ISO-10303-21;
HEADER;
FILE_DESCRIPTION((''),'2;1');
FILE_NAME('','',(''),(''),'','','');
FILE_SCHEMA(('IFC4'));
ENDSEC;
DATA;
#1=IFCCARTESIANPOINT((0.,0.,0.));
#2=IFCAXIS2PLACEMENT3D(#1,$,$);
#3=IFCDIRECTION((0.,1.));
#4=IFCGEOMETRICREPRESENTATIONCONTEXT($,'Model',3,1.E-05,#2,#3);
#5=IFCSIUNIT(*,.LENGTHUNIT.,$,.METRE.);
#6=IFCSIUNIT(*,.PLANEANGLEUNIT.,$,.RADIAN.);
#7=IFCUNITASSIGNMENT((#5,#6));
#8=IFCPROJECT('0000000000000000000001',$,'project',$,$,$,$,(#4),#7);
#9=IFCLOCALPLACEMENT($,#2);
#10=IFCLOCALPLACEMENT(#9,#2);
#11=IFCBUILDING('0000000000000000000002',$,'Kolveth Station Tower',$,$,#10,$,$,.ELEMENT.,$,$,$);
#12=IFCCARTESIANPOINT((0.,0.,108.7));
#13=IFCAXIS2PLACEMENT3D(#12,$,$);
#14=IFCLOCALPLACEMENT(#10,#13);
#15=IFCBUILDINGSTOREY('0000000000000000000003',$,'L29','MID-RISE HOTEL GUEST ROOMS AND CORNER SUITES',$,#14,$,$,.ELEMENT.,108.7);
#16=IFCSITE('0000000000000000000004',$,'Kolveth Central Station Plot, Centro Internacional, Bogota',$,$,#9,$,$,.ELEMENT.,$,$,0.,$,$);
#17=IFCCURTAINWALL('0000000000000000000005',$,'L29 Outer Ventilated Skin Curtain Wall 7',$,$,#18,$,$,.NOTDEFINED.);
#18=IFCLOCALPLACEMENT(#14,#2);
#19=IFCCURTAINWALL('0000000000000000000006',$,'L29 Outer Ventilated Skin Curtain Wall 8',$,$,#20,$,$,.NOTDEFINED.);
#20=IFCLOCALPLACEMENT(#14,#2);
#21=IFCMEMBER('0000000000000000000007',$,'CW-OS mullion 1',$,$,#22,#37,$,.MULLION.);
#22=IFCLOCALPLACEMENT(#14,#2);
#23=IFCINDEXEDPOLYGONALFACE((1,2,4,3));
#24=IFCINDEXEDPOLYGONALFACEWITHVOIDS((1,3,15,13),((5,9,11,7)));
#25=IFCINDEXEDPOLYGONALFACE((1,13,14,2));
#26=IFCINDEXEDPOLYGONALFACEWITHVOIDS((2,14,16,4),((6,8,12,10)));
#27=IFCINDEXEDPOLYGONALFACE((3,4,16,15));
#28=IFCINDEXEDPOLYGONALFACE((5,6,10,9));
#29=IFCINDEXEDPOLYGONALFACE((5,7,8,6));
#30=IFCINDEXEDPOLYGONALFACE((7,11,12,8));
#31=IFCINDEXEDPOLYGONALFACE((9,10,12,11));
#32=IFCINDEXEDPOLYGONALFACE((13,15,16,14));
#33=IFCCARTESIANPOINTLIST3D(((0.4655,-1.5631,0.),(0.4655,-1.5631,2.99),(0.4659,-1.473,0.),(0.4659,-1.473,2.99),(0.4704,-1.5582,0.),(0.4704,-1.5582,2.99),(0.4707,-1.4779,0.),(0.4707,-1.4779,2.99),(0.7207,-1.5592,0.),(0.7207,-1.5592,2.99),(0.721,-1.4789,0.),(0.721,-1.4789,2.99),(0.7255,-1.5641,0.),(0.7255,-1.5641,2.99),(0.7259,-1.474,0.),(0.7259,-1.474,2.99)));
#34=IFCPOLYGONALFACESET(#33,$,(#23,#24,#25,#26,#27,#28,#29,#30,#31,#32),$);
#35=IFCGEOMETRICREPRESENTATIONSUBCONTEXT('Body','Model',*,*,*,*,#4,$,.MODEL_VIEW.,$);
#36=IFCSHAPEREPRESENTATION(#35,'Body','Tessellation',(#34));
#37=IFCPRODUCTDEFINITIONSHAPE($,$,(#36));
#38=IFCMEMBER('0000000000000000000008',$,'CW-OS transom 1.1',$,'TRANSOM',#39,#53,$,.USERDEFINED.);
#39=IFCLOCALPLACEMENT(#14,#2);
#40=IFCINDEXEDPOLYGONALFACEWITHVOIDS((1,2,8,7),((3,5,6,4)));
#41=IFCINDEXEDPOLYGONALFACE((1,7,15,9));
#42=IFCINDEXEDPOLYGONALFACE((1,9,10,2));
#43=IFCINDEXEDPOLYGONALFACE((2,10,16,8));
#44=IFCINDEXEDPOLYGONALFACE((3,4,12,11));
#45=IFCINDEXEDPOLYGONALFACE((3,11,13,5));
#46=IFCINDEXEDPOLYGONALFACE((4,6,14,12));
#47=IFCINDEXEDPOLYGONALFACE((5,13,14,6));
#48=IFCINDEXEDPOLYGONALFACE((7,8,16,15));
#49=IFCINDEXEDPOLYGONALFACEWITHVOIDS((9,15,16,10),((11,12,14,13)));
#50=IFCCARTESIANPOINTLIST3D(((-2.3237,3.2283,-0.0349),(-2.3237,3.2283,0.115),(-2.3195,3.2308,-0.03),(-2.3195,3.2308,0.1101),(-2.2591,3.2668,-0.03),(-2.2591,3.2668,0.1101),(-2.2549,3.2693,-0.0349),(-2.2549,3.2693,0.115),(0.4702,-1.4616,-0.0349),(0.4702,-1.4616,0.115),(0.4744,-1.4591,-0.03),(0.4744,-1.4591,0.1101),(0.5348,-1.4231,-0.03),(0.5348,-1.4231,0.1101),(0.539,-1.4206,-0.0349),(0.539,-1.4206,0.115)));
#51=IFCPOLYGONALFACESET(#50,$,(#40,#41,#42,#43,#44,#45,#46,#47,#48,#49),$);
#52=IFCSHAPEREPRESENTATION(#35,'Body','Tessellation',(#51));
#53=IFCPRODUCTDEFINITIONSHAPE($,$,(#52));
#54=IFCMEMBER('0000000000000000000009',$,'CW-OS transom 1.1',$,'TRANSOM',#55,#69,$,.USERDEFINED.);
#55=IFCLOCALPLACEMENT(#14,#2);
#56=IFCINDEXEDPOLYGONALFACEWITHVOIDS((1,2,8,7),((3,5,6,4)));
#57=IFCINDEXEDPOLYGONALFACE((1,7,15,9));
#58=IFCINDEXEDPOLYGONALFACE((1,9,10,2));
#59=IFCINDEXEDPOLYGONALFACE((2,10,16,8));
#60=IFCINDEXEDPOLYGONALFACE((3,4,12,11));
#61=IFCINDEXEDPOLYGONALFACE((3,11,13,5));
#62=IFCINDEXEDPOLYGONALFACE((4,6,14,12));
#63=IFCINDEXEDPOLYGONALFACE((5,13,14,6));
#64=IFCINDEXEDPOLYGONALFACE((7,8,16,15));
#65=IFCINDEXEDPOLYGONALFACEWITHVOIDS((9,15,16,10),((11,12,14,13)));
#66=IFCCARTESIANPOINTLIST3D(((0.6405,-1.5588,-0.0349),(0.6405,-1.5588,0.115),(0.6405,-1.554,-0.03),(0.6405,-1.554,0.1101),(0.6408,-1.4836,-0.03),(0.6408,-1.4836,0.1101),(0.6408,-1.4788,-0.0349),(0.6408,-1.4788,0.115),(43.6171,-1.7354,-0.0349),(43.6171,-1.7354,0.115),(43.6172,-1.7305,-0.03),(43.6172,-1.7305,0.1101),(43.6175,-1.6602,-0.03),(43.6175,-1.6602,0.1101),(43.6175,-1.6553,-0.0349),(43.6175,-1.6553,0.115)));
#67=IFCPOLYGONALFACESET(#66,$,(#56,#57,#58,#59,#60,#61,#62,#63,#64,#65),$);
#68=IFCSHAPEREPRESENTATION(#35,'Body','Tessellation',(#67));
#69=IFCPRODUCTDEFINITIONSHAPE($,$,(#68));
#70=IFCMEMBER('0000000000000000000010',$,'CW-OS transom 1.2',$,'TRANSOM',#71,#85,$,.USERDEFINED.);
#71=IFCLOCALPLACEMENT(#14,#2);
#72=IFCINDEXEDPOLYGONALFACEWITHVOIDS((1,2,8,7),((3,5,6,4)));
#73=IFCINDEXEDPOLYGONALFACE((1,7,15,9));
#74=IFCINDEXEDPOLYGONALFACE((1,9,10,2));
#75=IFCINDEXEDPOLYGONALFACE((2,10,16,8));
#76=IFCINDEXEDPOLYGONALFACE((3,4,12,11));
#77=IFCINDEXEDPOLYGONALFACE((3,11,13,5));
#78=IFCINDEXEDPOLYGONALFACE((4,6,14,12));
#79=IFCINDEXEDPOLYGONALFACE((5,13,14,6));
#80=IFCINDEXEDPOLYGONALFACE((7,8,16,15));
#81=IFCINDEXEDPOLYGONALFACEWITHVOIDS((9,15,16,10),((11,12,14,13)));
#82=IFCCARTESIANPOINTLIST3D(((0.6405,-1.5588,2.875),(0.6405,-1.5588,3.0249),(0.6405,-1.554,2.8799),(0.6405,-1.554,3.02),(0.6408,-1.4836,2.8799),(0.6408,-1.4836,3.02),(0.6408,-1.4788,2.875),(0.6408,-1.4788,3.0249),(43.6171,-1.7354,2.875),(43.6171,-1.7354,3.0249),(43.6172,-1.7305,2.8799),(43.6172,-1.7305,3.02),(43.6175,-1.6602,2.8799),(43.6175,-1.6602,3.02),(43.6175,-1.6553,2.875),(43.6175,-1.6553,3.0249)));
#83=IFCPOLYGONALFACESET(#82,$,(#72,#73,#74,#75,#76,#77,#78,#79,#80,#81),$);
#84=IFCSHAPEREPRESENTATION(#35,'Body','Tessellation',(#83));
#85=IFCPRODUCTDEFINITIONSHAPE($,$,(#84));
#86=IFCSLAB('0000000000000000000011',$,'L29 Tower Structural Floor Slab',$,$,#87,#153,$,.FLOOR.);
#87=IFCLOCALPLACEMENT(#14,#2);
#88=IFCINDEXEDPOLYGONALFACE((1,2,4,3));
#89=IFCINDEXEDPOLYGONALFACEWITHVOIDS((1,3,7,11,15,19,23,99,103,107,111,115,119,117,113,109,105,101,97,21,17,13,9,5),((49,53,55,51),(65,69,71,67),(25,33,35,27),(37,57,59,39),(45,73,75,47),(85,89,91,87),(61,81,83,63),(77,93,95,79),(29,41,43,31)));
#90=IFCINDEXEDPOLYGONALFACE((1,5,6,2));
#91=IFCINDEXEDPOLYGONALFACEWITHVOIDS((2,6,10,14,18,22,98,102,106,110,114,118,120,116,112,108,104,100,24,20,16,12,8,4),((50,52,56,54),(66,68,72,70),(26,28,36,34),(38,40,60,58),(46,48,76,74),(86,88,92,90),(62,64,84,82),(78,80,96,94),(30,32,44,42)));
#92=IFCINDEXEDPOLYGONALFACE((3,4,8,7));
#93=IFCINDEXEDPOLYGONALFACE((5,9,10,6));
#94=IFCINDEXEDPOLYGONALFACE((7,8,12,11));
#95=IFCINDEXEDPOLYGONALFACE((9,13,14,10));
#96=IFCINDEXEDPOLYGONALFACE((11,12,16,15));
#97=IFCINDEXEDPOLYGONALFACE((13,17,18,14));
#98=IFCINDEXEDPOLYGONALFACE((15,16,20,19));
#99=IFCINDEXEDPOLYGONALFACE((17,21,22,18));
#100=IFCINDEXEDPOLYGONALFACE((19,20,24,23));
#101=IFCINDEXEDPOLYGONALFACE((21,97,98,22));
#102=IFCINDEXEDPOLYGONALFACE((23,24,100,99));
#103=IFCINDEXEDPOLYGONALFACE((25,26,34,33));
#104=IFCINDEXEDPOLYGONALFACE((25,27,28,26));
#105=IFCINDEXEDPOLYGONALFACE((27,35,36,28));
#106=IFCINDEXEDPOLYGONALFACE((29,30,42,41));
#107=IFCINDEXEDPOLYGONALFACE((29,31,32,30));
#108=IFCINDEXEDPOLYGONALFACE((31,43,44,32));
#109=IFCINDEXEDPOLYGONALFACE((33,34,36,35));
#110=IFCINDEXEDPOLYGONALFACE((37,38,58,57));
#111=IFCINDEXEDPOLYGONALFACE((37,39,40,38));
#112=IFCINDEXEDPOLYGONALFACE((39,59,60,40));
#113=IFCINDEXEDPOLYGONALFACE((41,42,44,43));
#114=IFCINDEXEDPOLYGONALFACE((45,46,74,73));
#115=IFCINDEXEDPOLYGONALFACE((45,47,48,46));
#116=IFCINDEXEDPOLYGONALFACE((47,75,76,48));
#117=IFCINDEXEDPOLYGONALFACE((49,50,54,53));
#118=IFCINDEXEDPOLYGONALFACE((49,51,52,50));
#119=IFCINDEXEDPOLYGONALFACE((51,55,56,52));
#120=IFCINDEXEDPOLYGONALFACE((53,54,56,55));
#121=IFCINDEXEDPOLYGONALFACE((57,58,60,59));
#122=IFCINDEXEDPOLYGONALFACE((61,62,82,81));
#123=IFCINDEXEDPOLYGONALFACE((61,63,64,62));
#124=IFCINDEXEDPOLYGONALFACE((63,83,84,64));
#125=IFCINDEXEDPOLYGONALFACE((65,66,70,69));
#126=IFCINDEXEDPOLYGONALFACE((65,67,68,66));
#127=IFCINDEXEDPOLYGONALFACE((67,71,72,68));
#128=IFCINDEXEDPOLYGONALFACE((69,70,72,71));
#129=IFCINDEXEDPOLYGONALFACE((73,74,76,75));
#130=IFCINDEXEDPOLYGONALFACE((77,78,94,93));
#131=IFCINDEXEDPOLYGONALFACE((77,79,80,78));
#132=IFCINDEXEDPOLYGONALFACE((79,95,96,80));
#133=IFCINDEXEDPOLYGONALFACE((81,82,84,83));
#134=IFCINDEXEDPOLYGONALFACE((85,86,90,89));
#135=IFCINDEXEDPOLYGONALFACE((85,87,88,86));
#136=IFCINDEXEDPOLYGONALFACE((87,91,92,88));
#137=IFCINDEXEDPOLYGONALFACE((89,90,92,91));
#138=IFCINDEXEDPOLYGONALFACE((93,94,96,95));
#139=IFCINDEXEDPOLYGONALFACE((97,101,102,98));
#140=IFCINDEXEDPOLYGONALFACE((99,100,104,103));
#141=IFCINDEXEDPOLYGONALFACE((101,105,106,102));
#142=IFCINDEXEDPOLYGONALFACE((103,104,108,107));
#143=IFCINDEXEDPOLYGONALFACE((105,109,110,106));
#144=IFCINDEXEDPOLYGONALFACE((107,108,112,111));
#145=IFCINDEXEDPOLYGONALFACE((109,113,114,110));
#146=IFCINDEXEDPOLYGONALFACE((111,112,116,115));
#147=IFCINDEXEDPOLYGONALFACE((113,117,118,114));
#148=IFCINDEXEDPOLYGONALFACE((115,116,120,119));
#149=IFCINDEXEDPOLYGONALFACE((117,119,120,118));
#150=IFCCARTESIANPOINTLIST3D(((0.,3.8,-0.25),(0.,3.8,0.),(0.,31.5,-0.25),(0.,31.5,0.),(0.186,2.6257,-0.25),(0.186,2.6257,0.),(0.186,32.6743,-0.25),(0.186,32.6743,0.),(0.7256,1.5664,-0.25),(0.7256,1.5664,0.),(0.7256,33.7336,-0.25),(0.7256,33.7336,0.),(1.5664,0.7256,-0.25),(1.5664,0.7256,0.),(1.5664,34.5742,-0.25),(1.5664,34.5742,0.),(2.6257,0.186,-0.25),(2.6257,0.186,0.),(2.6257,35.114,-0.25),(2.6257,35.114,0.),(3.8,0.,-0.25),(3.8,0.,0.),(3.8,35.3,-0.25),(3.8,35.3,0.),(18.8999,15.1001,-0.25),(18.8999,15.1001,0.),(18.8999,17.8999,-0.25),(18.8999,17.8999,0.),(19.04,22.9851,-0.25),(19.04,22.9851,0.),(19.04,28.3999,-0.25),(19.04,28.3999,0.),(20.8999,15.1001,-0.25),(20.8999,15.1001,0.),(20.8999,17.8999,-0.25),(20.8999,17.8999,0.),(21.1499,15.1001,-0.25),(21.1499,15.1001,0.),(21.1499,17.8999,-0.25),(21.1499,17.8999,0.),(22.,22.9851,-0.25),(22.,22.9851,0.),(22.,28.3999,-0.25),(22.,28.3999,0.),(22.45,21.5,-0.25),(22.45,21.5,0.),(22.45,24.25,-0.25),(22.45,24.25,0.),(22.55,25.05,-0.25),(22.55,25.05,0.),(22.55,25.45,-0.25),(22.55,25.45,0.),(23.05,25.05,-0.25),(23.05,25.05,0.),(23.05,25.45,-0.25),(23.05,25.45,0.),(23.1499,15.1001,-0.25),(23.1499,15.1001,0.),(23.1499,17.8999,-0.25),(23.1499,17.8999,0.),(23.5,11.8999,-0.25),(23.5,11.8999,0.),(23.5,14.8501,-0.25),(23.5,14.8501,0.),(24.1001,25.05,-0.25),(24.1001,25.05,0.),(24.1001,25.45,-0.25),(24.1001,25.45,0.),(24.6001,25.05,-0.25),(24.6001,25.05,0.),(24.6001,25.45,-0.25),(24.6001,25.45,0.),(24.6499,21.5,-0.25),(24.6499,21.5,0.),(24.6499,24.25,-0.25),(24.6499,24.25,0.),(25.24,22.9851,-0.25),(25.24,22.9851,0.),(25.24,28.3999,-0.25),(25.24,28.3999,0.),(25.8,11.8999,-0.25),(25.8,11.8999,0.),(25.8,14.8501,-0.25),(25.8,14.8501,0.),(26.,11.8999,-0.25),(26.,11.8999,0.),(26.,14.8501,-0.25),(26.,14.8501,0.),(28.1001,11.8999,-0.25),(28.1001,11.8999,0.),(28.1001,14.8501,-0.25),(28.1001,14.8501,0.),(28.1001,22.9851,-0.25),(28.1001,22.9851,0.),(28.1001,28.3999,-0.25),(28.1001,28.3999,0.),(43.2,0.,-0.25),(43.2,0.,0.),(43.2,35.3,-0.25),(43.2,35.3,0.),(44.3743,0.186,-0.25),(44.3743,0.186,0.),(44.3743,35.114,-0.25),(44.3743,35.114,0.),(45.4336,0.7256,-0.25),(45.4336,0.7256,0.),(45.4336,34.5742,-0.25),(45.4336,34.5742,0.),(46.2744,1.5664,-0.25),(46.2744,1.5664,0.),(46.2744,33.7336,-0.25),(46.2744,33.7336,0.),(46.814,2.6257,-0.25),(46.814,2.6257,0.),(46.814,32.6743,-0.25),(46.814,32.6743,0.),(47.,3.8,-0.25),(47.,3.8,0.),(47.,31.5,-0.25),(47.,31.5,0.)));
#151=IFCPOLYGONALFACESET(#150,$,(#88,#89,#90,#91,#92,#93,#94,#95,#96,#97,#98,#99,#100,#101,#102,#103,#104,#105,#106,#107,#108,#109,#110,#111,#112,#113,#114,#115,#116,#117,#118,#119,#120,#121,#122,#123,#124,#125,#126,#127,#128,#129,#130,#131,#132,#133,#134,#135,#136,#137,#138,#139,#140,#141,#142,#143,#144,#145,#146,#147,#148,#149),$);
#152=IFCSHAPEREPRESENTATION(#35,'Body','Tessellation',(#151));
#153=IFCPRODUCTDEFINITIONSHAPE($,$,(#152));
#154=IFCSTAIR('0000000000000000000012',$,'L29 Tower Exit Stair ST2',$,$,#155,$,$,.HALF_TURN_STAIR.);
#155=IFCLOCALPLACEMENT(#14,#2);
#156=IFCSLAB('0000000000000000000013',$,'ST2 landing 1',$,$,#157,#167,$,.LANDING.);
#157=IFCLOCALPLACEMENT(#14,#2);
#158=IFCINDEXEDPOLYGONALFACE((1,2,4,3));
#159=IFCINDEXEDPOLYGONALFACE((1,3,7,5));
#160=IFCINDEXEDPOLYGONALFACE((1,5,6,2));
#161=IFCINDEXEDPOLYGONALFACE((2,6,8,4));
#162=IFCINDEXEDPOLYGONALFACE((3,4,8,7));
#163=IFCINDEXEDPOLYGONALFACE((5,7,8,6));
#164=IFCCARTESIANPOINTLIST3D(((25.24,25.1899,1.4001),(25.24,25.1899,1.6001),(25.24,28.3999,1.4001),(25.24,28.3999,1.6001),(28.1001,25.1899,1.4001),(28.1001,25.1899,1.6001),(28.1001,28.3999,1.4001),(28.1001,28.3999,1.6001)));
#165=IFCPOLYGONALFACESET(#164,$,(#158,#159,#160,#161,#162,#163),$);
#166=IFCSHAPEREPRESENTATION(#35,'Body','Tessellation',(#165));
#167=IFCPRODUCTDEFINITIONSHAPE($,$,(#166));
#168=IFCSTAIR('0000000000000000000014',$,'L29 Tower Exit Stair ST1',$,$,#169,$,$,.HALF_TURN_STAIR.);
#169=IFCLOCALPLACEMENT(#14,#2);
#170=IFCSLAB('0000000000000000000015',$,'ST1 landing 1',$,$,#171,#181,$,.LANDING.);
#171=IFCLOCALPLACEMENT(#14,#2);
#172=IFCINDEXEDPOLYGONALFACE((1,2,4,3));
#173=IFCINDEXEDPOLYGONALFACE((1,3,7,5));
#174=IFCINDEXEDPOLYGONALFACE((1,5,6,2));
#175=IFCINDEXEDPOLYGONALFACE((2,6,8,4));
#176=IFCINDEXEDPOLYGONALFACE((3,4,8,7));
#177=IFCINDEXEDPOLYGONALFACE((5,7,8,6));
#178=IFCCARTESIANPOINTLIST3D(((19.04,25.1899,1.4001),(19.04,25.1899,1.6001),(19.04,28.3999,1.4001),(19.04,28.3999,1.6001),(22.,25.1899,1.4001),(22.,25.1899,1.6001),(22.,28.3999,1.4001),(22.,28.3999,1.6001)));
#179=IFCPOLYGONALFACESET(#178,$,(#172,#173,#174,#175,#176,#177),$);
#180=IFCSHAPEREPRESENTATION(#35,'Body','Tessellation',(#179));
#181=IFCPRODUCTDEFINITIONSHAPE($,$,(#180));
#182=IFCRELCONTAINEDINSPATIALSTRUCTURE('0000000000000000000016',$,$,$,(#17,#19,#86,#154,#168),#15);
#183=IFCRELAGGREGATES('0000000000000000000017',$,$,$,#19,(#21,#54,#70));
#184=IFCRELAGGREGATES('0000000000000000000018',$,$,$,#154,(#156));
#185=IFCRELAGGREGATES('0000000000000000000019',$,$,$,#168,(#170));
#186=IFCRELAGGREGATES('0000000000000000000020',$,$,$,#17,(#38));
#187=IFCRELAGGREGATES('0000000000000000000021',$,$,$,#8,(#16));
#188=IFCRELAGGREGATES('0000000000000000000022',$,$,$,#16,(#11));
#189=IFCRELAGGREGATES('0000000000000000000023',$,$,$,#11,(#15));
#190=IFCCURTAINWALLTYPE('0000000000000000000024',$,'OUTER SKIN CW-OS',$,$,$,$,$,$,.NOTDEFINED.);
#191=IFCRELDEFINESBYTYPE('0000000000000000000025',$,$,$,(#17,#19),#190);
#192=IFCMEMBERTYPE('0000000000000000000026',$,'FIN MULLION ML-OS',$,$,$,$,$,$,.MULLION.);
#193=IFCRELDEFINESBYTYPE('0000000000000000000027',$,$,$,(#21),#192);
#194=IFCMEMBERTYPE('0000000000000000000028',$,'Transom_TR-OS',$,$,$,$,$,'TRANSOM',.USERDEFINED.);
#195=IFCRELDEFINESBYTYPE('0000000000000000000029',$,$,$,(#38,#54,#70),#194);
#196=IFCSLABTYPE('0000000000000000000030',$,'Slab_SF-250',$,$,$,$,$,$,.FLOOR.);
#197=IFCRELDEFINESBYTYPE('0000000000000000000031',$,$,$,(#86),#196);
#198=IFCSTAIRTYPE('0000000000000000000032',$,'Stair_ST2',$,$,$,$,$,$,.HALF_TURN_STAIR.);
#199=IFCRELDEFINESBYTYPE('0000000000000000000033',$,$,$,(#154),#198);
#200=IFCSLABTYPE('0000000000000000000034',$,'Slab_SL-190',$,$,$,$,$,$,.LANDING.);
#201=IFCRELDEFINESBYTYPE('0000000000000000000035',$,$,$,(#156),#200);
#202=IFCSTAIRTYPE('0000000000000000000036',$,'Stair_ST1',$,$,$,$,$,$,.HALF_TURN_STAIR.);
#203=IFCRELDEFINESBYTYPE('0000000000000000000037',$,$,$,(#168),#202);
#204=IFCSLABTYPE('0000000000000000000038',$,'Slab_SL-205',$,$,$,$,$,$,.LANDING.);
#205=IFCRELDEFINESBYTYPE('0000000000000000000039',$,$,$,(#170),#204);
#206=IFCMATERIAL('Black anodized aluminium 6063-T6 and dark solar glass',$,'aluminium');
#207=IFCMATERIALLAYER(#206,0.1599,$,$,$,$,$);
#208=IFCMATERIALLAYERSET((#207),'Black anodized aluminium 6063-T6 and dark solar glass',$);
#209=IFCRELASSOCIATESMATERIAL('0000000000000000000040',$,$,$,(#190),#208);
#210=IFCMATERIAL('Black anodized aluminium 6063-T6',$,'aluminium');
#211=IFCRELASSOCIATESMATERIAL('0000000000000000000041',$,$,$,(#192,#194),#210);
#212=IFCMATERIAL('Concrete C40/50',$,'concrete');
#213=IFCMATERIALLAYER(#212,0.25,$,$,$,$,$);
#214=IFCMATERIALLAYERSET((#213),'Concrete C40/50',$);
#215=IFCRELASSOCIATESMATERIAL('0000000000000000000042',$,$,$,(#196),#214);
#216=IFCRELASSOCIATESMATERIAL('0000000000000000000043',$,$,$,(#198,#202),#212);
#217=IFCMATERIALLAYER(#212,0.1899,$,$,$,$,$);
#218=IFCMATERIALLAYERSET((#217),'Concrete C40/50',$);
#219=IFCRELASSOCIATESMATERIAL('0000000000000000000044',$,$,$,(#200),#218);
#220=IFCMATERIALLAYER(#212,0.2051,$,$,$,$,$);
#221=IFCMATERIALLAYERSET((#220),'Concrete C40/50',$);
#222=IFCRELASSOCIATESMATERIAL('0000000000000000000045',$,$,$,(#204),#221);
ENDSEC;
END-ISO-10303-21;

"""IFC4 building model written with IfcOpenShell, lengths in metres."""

from ifc_helpers import new_model, si_unit, direction, frame, origin, origin_2d, place, context, subcontext, project, spatial, polyline, hollow_rectangle, outline, extrude, source, transform, mapped, material, layer, layer_set, material_profile, profile_set, type_object, element, aggregate, save


model = new_model("IFC4")

# Units and contexts
model_context = context("Model", 3, precision=1e-05, world=origin(), true_north=direction((0.0, 1.0)))
body_context = subcontext(model_context, "Body", "Model", "MODEL_VIEW")
ifc_project = project(units=[si_unit("LENGTHUNIT", "METRE"), si_unit("PLANEANGLEUNIT", "RADIAN")], contexts=[model_context])

# Site, building, storey
site_placement = place(None, origin())
site = spatial("IfcSite", under=ifc_project, at=site_placement, Name="Kolveth Central Station Plot, Centro Internacional, Bogota", CompositionType="ELEMENT", RefElevation=0.0)
building_placement = place(site_placement, origin())
building = spatial("IfcBuilding", under=site, at=building_placement, Name="Kolveth Station Tower", CompositionType="ELEMENT")
storey_placement = place(building_placement, frame((0.0, 0.0, 108.7)))
storey = spatial("IfcBuildingStorey", under=building, at=storey_placement, Name="L29", Description="MID-RISE HOTEL GUEST ROOMS AND CORNER SUITES", CompositionType="ELEMENT", Elevation=108.7)

# Shared definitions
ifc_material_1 = material(Name="Black anodized aluminium 6063-T6", Category="aluminium")

# Curtain walls, member
ifc_material_2 = material(Name="Black anodized aluminium 6063-T6 and dark solar glass", Category="aluminium")
ifc_layer_1 = layer(ifc_material_2, 0.1599)
ifc_layer_set_1 = layer_set([ifc_layer_1], Name="Black anodized aluminium 6063-T6 and dark solar glass")
curtain_wall_type_1 = type_object("IfcCurtainWallType", Name="OUTER SKIN CW-OS", PredefinedType="NOTDEFINED", material=ifc_layer_set_1)
curtain_wall_1_placement = place(storey_placement, origin())
curtain_wall_1 = element("IfcCurtainWall", 1, at=curtain_wall_1_placement, inside=storey, type_object=curtain_wall_type_1, Name="L29 Outer Ventilated Skin Curtain Wall 7", PredefinedType="NOTDEFINED")
ifc_material_profile_1 = material_profile(ifc_material_1, hollow_rectangle(XDim=0.0901, YDim=0.26, WallThickness=0.0049, at=origin_2d()), Name="ALU-90x260x5")
ifc_profile_set_1 = profile_set([ifc_material_profile_1], Name="Black anodized aluminium 6063-T6")
member_type_1 = type_object("IfcMemberType", Name="FIN MULLION ML-OS", PredefinedType="MULLION", material=ifc_profile_set_1)
shared_shape_1 = source(origin(), body_context, "Body", "SweptSolid", [
    extrude(hollow_rectangle(XDim=0.0901, YDim=0.26, WallThickness=0.0049, at=origin_2d()), origin(), (0.0, 0.0, 1.0), 2.99),
])
curtain_wall_2_placement = place(storey_placement, origin())
curtain_wall_2 = element("IfcCurtainWall", 2, at=curtain_wall_2_placement, inside=storey, type_object=curtain_wall_type_1, Name="L29 Outer Ventilated Skin Curtain Wall 8", PredefinedType="NOTDEFINED")
member_1_placement = place(storey_placement, frame((0.5957, -1.5186, 0.0), z_axis=(0.0, 0.0, 1.0), x_axis=(0.004106, 0.999992, 0.0)))
member_1 = element("IfcMember", 3, at=member_1_placement, type_object=member_type_1, Name="CW-OS mullion 1", PredefinedType="MULLION", context=body_context, shape_type="MappedRepresentation", body=[
    mapped(shared_shape_1, transform((0.0, 0.0, 0.0), x_axis=(1.0, 0.0, 0.0), y_axis=(0.0, 1.0, 0.0), z_axis=(0.0, 0.0, 1.0), scale=1.0)),
])

# Members
ifc_material_profile_2 = material_profile(ifc_material_1, hollow_rectangle(XDim=0.0801, YDim=0.1499, WallThickness=0.0049, at=origin_2d()), Name="ALU-80x150x5")
ifc_profile_set_2 = profile_set([ifc_material_profile_2], Name="Black anodized aluminium 6063-T6")
member_type_2 = type_object("IfcMemberType", Name="Transom_TR-OS", ElementType="TRANSOM", PredefinedType="USERDEFINED", material=ifc_profile_set_2)
shared_shape_2 = source(origin(), body_context, "Body", "SweptSolid", [
    extrude(hollow_rectangle(XDim=0.0801, YDim=0.1499, WallThickness=0.0049, at=origin_2d()), origin(), (0.0, 0.0, 1.0), 5.459),
])
member_2_placement = place(storey_placement, frame((-2.2893, 3.2488, 0.04), z_axis=(0.511797, -0.859107, 0.0), x_axis=(0.859107, 0.511797, 0.0)))
member_2 = element("IfcMember", 4, at=member_2_placement, type_object=member_type_2, Name="CW-OS transom 1.1", ObjectType="TRANSOM", PredefinedType="USERDEFINED", context=body_context, shape_type="MappedRepresentation", body=[
    mapped(shared_shape_2, transform((0.0, 0.0, 0.0), x_axis=(1.0, 0.0, 0.0), y_axis=(0.0, 1.0, 0.0), z_axis=(0.0, 0.0, 1.0), scale=1.0)),
])
shared_shape_3 = source(origin(), body_context, "Body", "SweptSolid", [
    extrude(hollow_rectangle(XDim=0.0801, YDim=0.1499, WallThickness=0.0049, at=origin_2d()), origin(), (0.0, 0.0, 1.0), 42.9771),
])
member_3_placement = place(storey_placement, frame((0.6406, -1.5188, 0.04), z_axis=(0.999992, -0.004107, 0.0), x_axis=(0.004107, 0.999992, 0.0)))
member_3 = element("IfcMember", 5, at=member_3_placement, type_object=member_type_2, Name="CW-OS transom 1.1", ObjectType="TRANSOM", PredefinedType="USERDEFINED", context=body_context, shape_type="MappedRepresentation", body=[
    mapped(shared_shape_3, transform((0.0, 0.0, 0.0), x_axis=(1.0, 0.0, 0.0), y_axis=(0.0, 1.0, 0.0), z_axis=(0.0, 0.0, 1.0), scale=1.0)),
])
member_4_placement = place(storey_placement, frame((0.6406, -1.5188, 2.95), z_axis=(0.999992, -0.004107, 0.0), x_axis=(0.004107, 0.999992, 0.0)))
member_4 = element("IfcMember", 6, at=member_4_placement, type_object=member_type_2, Name="CW-OS transom 1.2", ObjectType="TRANSOM", PredefinedType="USERDEFINED", context=body_context, shape_type="MappedRepresentation", body=[
    mapped(shared_shape_3, transform((0.0, 0.0, 0.0), x_axis=(1.0, 0.0, 0.0), y_axis=(0.0, 1.0, 0.0), z_axis=(0.0, 0.0, 1.0), scale=1.0)),
])
aggregate(curtain_wall_2, [member_1, member_3, member_4])

# Slab
ifc_material_3 = material(Name="Concrete C40/50", Category="concrete")
ifc_layer_2 = layer(ifc_material_3, 0.25)
ifc_layer_set_2 = layer_set([ifc_layer_2], Name="Concrete C40/50")
slab_type_1 = type_object("IfcSlabType", Name="Slab_SF-250", PredefinedType="FLOOR", material=ifc_layer_set_2)
slab_1_placement = place(storey_placement, frame((0.0, 0.0, -0.25)))
element("IfcSlab", 7, at=slab_1_placement, inside=storey, type_object=slab_type_1, Name="L29 Tower Structural Floor Slab", PredefinedType="FLOOR", context=body_context, shape_type="SweptSolid", body=[
    extrude(outline(polyline([(43.2, 0.0), (44.3743, 0.186), (45.4336, 0.7256), (46.2744, 1.5664), (46.814, 2.6257), (47.0, 3.8), (47.0, 31.5), (46.814, 32.6743), (46.2744, 33.7336), (45.4336, 34.5742), (44.3743, 35.114), (43.2, 35.3), (3.8, 35.3), (2.6257, 35.114), (1.5664, 34.5742), (0.7256, 33.7336), (0.186, 32.6743), (0.0, 31.5), (0.0, 3.8), (0.186, 2.6257), (0.7256, 1.5664), (1.5664, 0.7256), (2.6257, 0.186), (3.8, 0.0), (43.2, 0.0)]), holes=[polyline([(19.04, 22.9851), (22.0, 22.9851), (22.0, 28.3999), (19.04, 28.3999), (19.04, 22.9851)]), polyline([(25.24, 22.9851), (28.1001, 22.9851), (28.1001, 28.3999), (25.24, 28.3999), (25.24, 22.9851)]), polyline([(18.8999, 15.1001), (20.8999, 15.1001), (20.8999, 17.8999), (18.8999, 17.8999), (18.8999, 15.1001)]), polyline([(21.1499, 15.1001), (23.1499, 15.1001), (23.1499, 17.8999), (21.1499, 17.8999), (21.1499, 15.1001)]), polyline([(22.45, 21.5), (24.6499, 21.5), (24.6499, 24.25), (22.45, 24.25), (22.45, 21.5)]), polyline([(23.5, 11.8999), (25.8, 11.8999), (25.8, 14.8501), (23.5, 14.8501), (23.5, 11.8999)]), polyline([(26.0, 11.8999), (28.1001, 11.8999), (28.1001, 14.8501), (26.0, 14.8501), (26.0, 11.8999)]), polyline([(22.55, 25.05), (23.05, 25.05), (23.05, 25.45), (22.55, 25.45), (22.55, 25.05)]), polyline([(24.1001, 25.05), (24.6001, 25.05), (24.6001, 25.45), (24.1001, 25.45), (24.1001, 25.05)])]), origin(), (0.0, 0.0, 1.0), 0.25),
])

# Stairs, slabs
stair_type_1 = type_object("IfcStairType", Name="Stair_ST2", PredefinedType="HALF_TURN_STAIR", material=ifc_material_3)
stair_1_placement = place(storey_placement, origin())
stair_1 = element("IfcStair", 8, at=stair_1_placement, inside=storey, type_object=stair_type_1, Name="L29 Tower Exit Stair ST2", PredefinedType="HALF_TURN_STAIR")
ifc_layer_3 = layer(ifc_material_3, 0.1899)
ifc_layer_set_3 = layer_set([ifc_layer_3], Name="Concrete C40/50")
slab_type_2 = type_object("IfcSlabType", Name="Slab_SL-190", PredefinedType="LANDING", material=ifc_layer_set_3)
slab_2_placement = place(storey_placement, frame((0.0, 0.0, 1.4001)))
slab_2 = element("IfcSlab", 9, at=slab_2_placement, type_object=slab_type_2, Name="ST2 landing 1", PredefinedType="LANDING", context=body_context, shape_type="SweptSolid", body=[
    extrude(outline(polyline([(28.1001, 25.1899), (28.1001, 28.3999), (25.24, 28.3999), (25.24, 25.1899), (28.1001, 25.1899)])), origin(), (0.0, 0.0, 1.0), 0.2),
])
aggregate(stair_1, [slab_2])
stair_type_2 = type_object("IfcStairType", Name="Stair_ST1", PredefinedType="HALF_TURN_STAIR", material=ifc_material_3)
stair_2_placement = place(storey_placement, origin())
stair_2 = element("IfcStair", 10, at=stair_2_placement, inside=storey, type_object=stair_type_2, Name="L29 Tower Exit Stair ST1", PredefinedType="HALF_TURN_STAIR")
ifc_layer_4 = layer(ifc_material_3, 0.2051)
ifc_layer_set_4 = layer_set([ifc_layer_4], Name="Concrete C40/50")
slab_type_3 = type_object("IfcSlabType", Name="Slab_SL-205", PredefinedType="LANDING", material=ifc_layer_set_4)
slab_3_placement = place(storey_placement, frame((0.0, 0.0, 1.4001)))
slab_3 = element("IfcSlab", 11, at=slab_3_placement, type_object=slab_type_3, Name="ST1 landing 1", PredefinedType="LANDING", context=body_context, shape_type="SweptSolid", body=[
    extrude(outline(polyline([(22.0, 25.1899), (22.0, 28.3999), (19.04, 28.3999), (19.04, 25.1899), (22.0, 25.1899)])), origin(), (0.0, 0.0, 1.0), 0.2),
])
aggregate(stair_2, [slab_3])

aggregate(curtain_wall_1, [member_2])

save(model, "model.ifc")
